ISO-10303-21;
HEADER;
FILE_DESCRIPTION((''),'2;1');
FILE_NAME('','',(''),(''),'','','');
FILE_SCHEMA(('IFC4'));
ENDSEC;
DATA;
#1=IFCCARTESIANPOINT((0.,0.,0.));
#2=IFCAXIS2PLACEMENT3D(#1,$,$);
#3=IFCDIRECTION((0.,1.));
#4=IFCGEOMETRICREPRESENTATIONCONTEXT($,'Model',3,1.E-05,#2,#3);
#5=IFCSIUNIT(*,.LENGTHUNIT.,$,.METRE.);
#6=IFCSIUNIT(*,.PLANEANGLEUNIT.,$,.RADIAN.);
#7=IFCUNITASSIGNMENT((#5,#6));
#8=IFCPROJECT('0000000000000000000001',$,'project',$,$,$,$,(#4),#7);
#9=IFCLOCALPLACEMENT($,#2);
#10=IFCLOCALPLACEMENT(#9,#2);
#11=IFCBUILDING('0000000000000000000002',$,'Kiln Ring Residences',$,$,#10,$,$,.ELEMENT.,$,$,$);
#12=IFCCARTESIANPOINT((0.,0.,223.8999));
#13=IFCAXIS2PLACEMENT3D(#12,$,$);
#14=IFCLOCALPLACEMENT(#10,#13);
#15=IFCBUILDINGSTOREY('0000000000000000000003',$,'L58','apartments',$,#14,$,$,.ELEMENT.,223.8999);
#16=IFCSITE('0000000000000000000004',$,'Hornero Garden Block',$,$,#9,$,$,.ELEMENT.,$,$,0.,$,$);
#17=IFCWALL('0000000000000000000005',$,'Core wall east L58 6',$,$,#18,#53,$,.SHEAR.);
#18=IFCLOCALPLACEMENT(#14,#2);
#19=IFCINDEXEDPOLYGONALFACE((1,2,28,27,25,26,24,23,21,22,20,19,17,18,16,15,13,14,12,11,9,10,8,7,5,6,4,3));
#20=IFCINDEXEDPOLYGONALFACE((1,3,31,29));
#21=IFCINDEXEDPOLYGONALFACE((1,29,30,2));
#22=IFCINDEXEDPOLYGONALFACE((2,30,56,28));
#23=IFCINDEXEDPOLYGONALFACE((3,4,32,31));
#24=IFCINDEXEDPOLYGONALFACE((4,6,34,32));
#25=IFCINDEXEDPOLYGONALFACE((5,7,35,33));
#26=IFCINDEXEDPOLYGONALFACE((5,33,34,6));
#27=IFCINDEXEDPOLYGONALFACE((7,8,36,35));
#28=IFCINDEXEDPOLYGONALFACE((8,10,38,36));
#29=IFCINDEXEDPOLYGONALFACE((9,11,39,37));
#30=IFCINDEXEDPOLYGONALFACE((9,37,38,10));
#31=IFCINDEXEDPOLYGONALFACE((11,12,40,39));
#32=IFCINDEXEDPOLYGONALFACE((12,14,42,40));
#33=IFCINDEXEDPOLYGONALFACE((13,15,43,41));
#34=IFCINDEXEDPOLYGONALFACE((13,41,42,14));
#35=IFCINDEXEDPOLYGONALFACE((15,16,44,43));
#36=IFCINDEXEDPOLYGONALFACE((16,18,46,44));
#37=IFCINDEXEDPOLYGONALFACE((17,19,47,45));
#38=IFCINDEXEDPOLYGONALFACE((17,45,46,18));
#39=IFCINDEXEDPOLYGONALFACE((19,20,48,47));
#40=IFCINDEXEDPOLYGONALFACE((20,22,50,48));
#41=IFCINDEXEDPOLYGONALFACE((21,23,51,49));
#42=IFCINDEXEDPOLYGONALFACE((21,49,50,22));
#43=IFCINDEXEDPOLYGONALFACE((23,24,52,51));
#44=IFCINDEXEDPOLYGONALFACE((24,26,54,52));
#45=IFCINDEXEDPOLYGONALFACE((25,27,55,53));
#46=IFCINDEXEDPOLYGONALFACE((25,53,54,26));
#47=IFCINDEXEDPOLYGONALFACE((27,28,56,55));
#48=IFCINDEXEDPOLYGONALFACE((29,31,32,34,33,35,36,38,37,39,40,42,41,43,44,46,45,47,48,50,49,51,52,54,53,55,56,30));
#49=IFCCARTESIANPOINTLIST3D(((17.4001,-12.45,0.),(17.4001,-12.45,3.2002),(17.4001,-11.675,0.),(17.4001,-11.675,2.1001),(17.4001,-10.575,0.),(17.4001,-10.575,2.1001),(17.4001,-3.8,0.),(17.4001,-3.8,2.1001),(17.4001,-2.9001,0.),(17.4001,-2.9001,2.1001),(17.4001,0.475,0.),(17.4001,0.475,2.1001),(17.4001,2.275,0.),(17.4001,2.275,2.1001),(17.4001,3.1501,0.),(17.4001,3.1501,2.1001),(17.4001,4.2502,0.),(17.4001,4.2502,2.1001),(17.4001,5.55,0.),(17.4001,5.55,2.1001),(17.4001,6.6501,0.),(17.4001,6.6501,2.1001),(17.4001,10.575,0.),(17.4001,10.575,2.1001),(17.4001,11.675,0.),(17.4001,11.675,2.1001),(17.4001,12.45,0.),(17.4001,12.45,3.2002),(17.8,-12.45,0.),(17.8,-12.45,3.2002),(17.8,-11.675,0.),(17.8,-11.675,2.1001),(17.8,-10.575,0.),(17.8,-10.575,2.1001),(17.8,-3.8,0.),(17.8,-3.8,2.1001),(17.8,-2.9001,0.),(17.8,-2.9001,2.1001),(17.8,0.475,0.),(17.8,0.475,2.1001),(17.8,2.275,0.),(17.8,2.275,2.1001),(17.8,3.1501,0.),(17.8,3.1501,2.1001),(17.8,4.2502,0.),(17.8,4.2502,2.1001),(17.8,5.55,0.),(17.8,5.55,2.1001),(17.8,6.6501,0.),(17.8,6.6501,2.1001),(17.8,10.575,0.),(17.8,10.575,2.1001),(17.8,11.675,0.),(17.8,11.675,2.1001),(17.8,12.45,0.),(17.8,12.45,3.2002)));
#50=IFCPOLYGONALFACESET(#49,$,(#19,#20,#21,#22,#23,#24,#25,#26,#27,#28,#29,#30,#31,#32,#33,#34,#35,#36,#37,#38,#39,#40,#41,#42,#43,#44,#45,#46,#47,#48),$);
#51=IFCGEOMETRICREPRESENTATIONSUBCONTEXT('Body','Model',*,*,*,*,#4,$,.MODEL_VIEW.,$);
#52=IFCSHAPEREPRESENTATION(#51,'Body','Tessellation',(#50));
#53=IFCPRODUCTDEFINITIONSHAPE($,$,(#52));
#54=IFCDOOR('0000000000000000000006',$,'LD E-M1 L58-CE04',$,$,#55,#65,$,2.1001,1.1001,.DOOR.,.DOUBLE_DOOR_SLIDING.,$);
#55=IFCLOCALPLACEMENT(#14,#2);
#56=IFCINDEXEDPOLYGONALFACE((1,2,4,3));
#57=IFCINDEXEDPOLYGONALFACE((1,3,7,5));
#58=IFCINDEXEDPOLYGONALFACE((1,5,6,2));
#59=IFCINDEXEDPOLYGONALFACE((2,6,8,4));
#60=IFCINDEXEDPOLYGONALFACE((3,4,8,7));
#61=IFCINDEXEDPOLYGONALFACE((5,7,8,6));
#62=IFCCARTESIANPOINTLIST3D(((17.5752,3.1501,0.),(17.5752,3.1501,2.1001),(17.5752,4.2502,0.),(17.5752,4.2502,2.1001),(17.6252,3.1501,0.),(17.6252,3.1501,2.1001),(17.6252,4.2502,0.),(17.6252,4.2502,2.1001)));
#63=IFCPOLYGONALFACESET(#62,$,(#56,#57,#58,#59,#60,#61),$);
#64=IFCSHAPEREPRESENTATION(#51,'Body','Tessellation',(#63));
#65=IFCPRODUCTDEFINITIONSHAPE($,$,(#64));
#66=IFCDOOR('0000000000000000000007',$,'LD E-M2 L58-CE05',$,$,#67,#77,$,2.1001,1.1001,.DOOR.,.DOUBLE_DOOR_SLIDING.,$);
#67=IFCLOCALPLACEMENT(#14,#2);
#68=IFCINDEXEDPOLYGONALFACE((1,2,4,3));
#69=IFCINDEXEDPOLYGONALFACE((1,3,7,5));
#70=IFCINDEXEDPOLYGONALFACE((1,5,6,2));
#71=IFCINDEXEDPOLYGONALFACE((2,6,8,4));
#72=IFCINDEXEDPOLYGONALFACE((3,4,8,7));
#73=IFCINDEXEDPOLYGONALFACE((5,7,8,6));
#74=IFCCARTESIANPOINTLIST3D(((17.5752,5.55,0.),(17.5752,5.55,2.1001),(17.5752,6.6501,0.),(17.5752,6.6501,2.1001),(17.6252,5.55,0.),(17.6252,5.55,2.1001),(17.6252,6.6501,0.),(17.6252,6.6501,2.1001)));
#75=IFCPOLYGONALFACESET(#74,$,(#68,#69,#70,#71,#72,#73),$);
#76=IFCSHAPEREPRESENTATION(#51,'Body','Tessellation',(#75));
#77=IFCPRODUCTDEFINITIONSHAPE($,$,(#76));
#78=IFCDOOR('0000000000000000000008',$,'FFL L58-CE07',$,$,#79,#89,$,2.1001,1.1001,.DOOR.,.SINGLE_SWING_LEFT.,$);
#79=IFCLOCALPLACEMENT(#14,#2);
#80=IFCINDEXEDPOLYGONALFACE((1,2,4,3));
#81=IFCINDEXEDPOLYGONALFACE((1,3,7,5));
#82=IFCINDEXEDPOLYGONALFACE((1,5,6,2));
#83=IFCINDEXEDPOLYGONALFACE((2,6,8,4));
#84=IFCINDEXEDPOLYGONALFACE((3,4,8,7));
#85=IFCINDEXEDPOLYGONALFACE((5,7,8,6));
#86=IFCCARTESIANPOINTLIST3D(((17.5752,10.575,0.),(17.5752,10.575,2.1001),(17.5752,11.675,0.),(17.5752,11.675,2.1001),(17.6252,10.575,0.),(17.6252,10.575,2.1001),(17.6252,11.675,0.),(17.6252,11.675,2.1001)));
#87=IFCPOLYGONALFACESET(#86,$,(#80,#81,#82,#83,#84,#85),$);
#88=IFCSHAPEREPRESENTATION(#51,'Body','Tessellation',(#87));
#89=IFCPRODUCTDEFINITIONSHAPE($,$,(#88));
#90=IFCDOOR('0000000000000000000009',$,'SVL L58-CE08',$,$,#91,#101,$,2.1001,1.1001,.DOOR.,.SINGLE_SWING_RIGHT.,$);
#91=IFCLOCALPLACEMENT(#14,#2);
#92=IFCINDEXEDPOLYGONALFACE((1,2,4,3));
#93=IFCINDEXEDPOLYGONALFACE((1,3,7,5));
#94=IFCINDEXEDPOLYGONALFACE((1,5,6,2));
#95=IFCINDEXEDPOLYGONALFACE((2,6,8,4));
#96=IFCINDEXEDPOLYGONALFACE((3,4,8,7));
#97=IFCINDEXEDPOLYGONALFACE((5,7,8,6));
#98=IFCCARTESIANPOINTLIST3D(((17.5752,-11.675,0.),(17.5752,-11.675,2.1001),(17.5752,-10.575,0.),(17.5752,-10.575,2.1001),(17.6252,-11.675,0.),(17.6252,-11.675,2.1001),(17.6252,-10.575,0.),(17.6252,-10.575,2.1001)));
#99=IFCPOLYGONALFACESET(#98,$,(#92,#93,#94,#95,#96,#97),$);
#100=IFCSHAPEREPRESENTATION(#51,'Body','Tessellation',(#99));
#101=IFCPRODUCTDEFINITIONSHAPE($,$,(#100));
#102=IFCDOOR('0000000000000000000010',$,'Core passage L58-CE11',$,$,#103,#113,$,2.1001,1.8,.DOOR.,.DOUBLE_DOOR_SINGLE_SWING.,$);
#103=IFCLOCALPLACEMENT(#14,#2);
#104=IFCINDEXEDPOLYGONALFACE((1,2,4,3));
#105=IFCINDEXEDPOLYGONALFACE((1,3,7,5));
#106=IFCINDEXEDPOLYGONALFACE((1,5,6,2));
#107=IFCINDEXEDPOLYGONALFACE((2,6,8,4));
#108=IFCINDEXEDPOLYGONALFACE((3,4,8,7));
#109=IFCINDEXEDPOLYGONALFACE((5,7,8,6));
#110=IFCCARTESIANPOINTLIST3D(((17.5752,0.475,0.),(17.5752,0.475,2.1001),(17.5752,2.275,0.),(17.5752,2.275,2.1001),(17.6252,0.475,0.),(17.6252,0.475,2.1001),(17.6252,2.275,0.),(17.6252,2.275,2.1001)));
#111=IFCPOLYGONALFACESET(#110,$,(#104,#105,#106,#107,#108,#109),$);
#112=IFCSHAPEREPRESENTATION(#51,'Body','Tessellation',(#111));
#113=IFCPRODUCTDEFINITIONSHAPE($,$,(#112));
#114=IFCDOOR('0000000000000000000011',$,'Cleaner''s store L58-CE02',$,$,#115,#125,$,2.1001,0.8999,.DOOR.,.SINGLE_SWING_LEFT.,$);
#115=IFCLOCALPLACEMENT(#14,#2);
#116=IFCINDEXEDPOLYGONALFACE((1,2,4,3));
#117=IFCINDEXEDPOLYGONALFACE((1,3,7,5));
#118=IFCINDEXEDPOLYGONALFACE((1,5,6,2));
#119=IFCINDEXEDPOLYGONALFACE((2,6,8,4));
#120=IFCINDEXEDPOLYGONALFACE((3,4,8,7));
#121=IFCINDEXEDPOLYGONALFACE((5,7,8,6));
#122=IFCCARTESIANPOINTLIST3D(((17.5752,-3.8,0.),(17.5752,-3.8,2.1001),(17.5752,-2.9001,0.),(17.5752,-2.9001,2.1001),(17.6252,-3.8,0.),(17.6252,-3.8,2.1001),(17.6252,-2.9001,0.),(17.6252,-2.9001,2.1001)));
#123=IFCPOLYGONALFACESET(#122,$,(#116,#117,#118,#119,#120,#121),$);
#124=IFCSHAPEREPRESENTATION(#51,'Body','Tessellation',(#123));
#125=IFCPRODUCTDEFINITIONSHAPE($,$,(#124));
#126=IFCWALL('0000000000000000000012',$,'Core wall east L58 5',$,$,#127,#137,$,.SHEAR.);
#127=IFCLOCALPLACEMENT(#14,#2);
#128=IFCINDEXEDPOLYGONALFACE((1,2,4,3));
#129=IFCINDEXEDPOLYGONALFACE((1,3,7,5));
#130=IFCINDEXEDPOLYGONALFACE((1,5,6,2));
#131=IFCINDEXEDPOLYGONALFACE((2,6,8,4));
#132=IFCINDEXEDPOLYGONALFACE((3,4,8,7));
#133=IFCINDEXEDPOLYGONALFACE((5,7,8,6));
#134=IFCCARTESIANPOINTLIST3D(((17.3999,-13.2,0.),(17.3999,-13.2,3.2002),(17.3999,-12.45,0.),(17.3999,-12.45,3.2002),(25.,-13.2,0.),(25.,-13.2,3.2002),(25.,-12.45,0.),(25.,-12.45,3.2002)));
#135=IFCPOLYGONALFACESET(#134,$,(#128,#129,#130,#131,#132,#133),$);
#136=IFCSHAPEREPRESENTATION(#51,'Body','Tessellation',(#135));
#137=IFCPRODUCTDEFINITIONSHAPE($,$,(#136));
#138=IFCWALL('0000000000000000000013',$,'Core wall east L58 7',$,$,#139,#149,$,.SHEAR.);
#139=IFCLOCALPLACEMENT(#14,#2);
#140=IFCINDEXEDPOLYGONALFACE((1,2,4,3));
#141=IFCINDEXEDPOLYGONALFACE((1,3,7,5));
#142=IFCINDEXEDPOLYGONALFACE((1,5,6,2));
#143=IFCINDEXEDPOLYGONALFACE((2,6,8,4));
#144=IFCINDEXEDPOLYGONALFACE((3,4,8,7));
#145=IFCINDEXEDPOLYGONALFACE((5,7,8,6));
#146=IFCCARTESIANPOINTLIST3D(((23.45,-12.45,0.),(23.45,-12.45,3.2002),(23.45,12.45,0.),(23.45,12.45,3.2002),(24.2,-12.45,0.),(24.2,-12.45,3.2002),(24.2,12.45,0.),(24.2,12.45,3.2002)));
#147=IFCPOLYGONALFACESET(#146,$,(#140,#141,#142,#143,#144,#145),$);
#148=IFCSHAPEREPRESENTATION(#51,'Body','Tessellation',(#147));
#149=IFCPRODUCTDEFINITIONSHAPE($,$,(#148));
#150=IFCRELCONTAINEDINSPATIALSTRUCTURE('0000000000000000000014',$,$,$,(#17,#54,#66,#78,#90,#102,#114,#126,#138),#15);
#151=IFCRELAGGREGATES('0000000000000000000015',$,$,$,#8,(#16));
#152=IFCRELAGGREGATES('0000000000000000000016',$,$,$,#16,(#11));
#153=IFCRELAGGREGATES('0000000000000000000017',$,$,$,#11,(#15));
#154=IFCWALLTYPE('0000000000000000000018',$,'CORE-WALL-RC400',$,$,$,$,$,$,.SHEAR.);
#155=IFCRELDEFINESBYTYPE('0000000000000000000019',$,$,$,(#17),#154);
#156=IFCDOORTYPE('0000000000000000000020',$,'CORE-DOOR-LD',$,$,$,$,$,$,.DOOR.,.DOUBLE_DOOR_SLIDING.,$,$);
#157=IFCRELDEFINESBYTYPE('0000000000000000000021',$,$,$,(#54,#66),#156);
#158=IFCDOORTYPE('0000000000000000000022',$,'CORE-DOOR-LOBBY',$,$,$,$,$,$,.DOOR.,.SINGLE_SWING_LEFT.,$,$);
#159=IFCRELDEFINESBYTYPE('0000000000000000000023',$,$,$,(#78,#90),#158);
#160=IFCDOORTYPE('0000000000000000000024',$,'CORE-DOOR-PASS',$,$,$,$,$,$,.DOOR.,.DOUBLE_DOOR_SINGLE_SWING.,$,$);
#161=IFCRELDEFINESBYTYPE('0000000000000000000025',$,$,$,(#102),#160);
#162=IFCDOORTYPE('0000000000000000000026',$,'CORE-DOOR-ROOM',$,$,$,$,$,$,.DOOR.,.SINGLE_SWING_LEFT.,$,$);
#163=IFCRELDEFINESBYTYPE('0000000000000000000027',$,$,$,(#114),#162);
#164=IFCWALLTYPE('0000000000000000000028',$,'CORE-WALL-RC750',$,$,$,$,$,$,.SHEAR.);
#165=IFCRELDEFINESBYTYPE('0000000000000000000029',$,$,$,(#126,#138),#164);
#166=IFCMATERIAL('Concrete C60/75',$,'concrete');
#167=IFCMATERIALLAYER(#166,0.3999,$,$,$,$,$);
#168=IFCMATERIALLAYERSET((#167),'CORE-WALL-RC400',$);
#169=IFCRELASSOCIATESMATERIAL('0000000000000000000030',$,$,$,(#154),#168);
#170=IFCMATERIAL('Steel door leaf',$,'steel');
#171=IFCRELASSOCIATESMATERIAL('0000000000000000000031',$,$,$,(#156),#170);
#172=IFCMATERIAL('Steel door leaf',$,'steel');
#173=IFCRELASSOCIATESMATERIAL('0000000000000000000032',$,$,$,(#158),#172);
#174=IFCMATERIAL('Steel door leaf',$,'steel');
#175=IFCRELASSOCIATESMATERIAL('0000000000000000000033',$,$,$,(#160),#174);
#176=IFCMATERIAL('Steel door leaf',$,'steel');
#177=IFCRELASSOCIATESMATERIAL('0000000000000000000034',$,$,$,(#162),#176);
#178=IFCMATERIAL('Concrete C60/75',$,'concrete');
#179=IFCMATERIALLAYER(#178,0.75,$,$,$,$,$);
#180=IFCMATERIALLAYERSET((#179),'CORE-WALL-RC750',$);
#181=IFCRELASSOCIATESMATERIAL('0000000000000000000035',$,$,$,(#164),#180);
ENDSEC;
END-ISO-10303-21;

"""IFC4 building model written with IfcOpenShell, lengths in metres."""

from ifc_helpers import new_model, si_unit, direction, frame, frame_2d, origin, place, context, subcontext, project, spatial, rectangle, extrude, material, layer, layer_set, type_object, element, fill, save


model = new_model("IFC4")

# Units and contexts
model_context = context("Model", 3, precision=1e-05, world=origin(), true_north=direction((0.0, 1.0)))
body_context = subcontext(model_context, "Body", "Model", "MODEL_VIEW")
ifc_project = project(units=[si_unit("LENGTHUNIT", "METRE"), si_unit("PLANEANGLEUNIT", "RADIAN")], contexts=[model_context])

# Site, building, storey
site_placement = place(None, origin())
site = spatial("IfcSite", under=ifc_project, at=site_placement, Name="Hornero Garden Block", CompositionType="ELEMENT", RefElevation=0.0)
building_placement = place(site_placement, origin())
building = spatial("IfcBuilding", under=site, at=building_placement, Name="Kiln Ring Residences", CompositionType="ELEMENT")
storey_placement = place(building_placement, frame((0.0, 0.0, 223.8999)))
storey = spatial("IfcBuildingStorey", under=building, at=storey_placement, Name="L58", Description="apartments", CompositionType="ELEMENT", Elevation=223.8999)

# Wall, openings, doors
ifc_material_1 = material(Name="Concrete C60/75", Category="concrete")
ifc_layer_1 = layer(ifc_material_1, 0.3999)
ifc_layer_set_1 = layer_set([ifc_layer_1], Name="CORE-WALL-RC400")
wall_type_1 = type_object("IfcWallType", Name="CORE-WALL-RC400", PredefinedType="SHEAR", material=ifc_layer_set_1)
wall_1_placement = place(storey_placement, frame((17.6001, -12.45, 0.0), z_axis=(0.0, 0.0, 1.0), x_axis=(0.0, 1.0, 0.0)))
wall_1 = element("IfcWall", 1, at=wall_1_placement, inside=storey, type_object=wall_type_1, Name="Core wall east L58 6", PredefinedType="SHEAR", context=body_context, shape_type="SweptSolid", body=[
    extrude(rectangle(XDim=24.8999, YDim=0.3999, at=frame_2d((12.45, 0.0))), origin(), (0.0, 0.0, 1.0), 3.2002),
])
opening_1_placement = place(wall_1_placement, frame((8.6499, 0.0, 0.0)))
opening_1 = element("IfcOpeningElement", 2, at=opening_1_placement, cuts=wall_1, PredefinedType="OPENING", context=body_context, shape_type="SweptSolid", body=[
    extrude(rectangle(XDim=0.8999, YDim=2.1001, at=frame_2d((0.45, 1.05))), frame((0.0, 0.21, 0.0), z_axis=(0.0, -1.0, 0.0), x_axis=(1.0, 0.0, 0.0)), (0.0, 0.0, 1.0), 0.4199),
])
opening_2_placement = place(wall_1_placement, frame((15.6001, 0.0, 0.0)))
opening_2 = element("IfcOpeningElement", 3, at=opening_2_placement, cuts=wall_1, PredefinedType="OPENING", context=body_context, shape_type="SweptSolid", body=[
    extrude(rectangle(XDim=1.1001, YDim=2.1001, at=frame_2d((0.55, 1.05))), frame((0.0, 0.21, 0.0), z_axis=(0.0, -1.0, 0.0), x_axis=(1.0, 0.0, 0.0)), (0.0, 0.0, 1.0), 0.4199),
])
opening_3_placement = place(wall_1_placement, frame((18.0, 0.0, 0.0)))
opening_3 = element("IfcOpeningElement", 4, at=opening_3_placement, cuts=wall_1, PredefinedType="OPENING", context=body_context, shape_type="SweptSolid", body=[
    extrude(rectangle(XDim=1.1001, YDim=2.1001, at=frame_2d((0.55, 1.05))), frame((0.0, 0.21, 0.0), z_axis=(0.0, -1.0, 0.0), x_axis=(1.0, 0.0, 0.0)), (0.0, 0.0, 1.0), 0.4199),
])
opening_4_placement = place(wall_1_placement, frame((23.0249, 0.0, 0.0)))
opening_4 = element("IfcOpeningElement", 5, at=opening_4_placement, cuts=wall_1, PredefinedType="OPENING", context=body_context, shape_type="SweptSolid", body=[
    extrude(rectangle(XDim=1.1001, YDim=2.1001, at=frame_2d((0.55, 1.05))), frame((0.0, 0.21, 0.0), z_axis=(0.0, -1.0, 0.0), x_axis=(1.0, 0.0, 0.0)), (0.0, 0.0, 1.0), 0.4199),
])
opening_5_placement = place(wall_1_placement, frame((0.7749, 0.0, 0.0)))
opening_5 = element("IfcOpeningElement", 6, at=opening_5_placement, cuts=wall_1, PredefinedType="OPENING", context=body_context, shape_type="SweptSolid", body=[
    extrude(rectangle(XDim=1.1001, YDim=2.1001, at=frame_2d((0.55, 1.05))), frame((0.0, 0.21, 0.0), z_axis=(0.0, -1.0, 0.0), x_axis=(1.0, 0.0, 0.0)), (0.0, 0.0, 1.0), 0.4199),
])
opening_6_placement = place(wall_1_placement, frame((12.925, 0.0, 0.0)))
opening_6 = element("IfcOpeningElement", 7, at=opening_6_placement, cuts=wall_1, PredefinedType="OPENING", context=body_context, shape_type="SweptSolid", body=[
    extrude(rectangle(XDim=1.8, YDim=2.1001, at=frame_2d((0.8999, 1.05))), frame((0.0, 0.21, 0.0), z_axis=(0.0, -1.0, 0.0), x_axis=(1.0, 0.0, 0.0)), (0.0, 0.0, 1.0), 0.4199),
])
ifc_material_2 = material(Name="Steel door leaf", Category="steel")
door_type_1 = type_object("IfcDoorType", Name="CORE-DOOR-LD", OperationType="DOUBLE_DOOR_SLIDING", PredefinedType="DOOR", material=ifc_material_2)
door_1_placement = place(opening_2_placement, origin())
door_1 = element("IfcDoor", 8, at=door_1_placement, inside=storey, type_object=door_type_1, Name="LD E-M1 L58-CE04", OperationType="DOUBLE_DOOR_SLIDING", OverallHeight=2.1001, OverallWidth=1.1001, PredefinedType="DOOR", context=body_context, shape_type="SweptSolid", body=[
    extrude(rectangle(XDim=1.1001, YDim=2.1001, at=frame_2d((0.55, 1.05))), frame((0.0, 0.0249, 0.0), z_axis=(0.0, -1.0, 0.0), x_axis=(1.0, 0.0, 0.0)), (0.0, 0.0, 1.0), 0.05),
])
fill(opening_2, door_1)
door_2_placement = place(opening_3_placement, origin())
door_2 = element("IfcDoor", 9, at=door_2_placement, inside=storey, type_object=door_type_1, Name="LD E-M2 L58-CE05", OperationType="DOUBLE_DOOR_SLIDING", OverallHeight=2.1001, OverallWidth=1.1001, PredefinedType="DOOR", context=body_context, shape_type="SweptSolid", body=[
    extrude(rectangle(XDim=1.1001, YDim=2.1001, at=frame_2d((0.55, 1.05))), frame((0.0, 0.0249, 0.0), z_axis=(0.0, -1.0, 0.0), x_axis=(1.0, 0.0, 0.0)), (0.0, 0.0, 1.0), 0.05),
])
fill(opening_3, door_2)
ifc_material_3 = material(Name="Steel door leaf", Category="steel")
door_type_2 = type_object("IfcDoorType", Name="CORE-DOOR-LOBBY", OperationType="SINGLE_SWING_LEFT", PredefinedType="DOOR", material=ifc_material_3)
door_3_placement = place(opening_4_placement, origin())
door_3 = element("IfcDoor", 10, at=door_3_placement, inside=storey, type_object=door_type_2, Name="FFL L58-CE07", OperationType="SINGLE_SWING_LEFT", OverallHeight=2.1001, OverallWidth=1.1001, PredefinedType="DOOR", context=body_context, shape_type="SweptSolid", body=[
    extrude(rectangle(XDim=1.1001, YDim=2.1001, at=frame_2d((0.55, 1.05))), frame((0.0, 0.0249, 0.0), z_axis=(0.0, -1.0, 0.0), x_axis=(1.0, 0.0, 0.0)), (0.0, 0.0, 1.0), 0.05),
])
fill(opening_4, door_3)
door_4_placement = place(opening_5_placement, origin())
door_4 = element("IfcDoor", 11, at=door_4_placement, inside=storey, type_object=door_type_2, Name="SVL L58-CE08", OperationType="SINGLE_SWING_RIGHT", OverallHeight=2.1001, OverallWidth=1.1001, PredefinedType="DOOR", context=body_context, shape_type="SweptSolid", body=[
    extrude(rectangle(XDim=1.1001, YDim=2.1001, at=frame_2d((0.55, 1.05))), frame((0.0, 0.0249, 0.0), z_axis=(0.0, -1.0, 0.0), x_axis=(1.0, 0.0, 0.0)), (0.0, 0.0, 1.0), 0.05),
])
fill(opening_5, door_4)
ifc_material_4 = material(Name="Steel door leaf", Category="steel")
door_type_3 = type_object("IfcDoorType", Name="CORE-DOOR-PASS", OperationType="DOUBLE_DOOR_SINGLE_SWING", PredefinedType="DOOR", material=ifc_material_4)
door_5_placement = place(opening_6_placement, origin())
door_5 = element("IfcDoor", 12, at=door_5_placement, inside=storey, type_object=door_type_3, Name="Core passage L58-CE11", OperationType="DOUBLE_DOOR_SINGLE_SWING", OverallHeight=2.1001, OverallWidth=1.8, PredefinedType="DOOR", context=body_context, shape_type="SweptSolid", body=[
    extrude(rectangle(XDim=1.8, YDim=2.1001, at=frame_2d((0.8999, 1.05))), frame((0.0, 0.0249, 0.0), z_axis=(0.0, -1.0, 0.0), x_axis=(1.0, 0.0, 0.0)), (0.0, 0.0, 1.0), 0.05),
])
fill(opening_6, door_5)
ifc_material_5 = material(Name="Steel door leaf", Category="steel")
door_type_4 = type_object("IfcDoorType", Name="CORE-DOOR-ROOM", OperationType="SINGLE_SWING_LEFT", PredefinedType="DOOR", material=ifc_material_5)
door_6_placement = place(opening_1_placement, origin())
door_6 = element("IfcDoor", 13, at=door_6_placement, inside=storey, type_object=door_type_4, Name="Cleaner's store L58-CE02", OperationType="SINGLE_SWING_LEFT", OverallHeight=2.1001, OverallWidth=0.8999, PredefinedType="DOOR", context=body_context, shape_type="SweptSolid", body=[
    extrude(rectangle(XDim=0.8999, YDim=2.1001, at=frame_2d((0.45, 1.05))), frame((0.0, 0.0249, 0.0), z_axis=(0.0, -1.0, 0.0), x_axis=(1.0, 0.0, 0.0)), (0.0, 0.0, 1.0), 0.05),
])
fill(opening_1, door_6)

# Walls
ifc_material_6 = material(Name="Concrete C60/75", Category="concrete")
ifc_layer_2 = layer(ifc_material_6, 0.75)
ifc_layer_set_2 = layer_set([ifc_layer_2], Name="CORE-WALL-RC750")
wall_type_2 = type_object("IfcWallType", Name="CORE-WALL-RC750", PredefinedType="SHEAR", material=ifc_layer_set_2)
wall_2_placement = place(storey_placement, frame((17.3999, -12.825, 0.0), z_axis=(0.0, 0.0, 1.0), x_axis=(1.0, 0.0, 0.0)))
element("IfcWall", 14, at=wall_2_placement, inside=storey, type_object=wall_type_2, Name="Core wall east L58 5", PredefinedType="SHEAR", context=body_context, shape_type="SweptSolid", body=[
    extrude(rectangle(XDim=7.6001, YDim=0.75, at=frame_2d((3.8, 0.0))), origin(), (0.0, 0.0, 1.0), 3.2002),
])
wall_3_placement = place(storey_placement, frame((23.825, -12.45, 0.0), z_axis=(0.0, 0.0, 1.0), x_axis=(0.0, 1.0, 0.0)))
element("IfcWall", 15, at=wall_3_placement, inside=storey, type_object=wall_type_2, Name="Core wall east L58 7", PredefinedType="SHEAR", context=body_context, shape_type="SweptSolid", body=[
    extrude(rectangle(XDim=24.8999, YDim=0.75, at=frame_2d((12.45, 0.0))), origin(), (0.0, 0.0, 1.0), 3.2002),
])

save(model, "model.ifc")
